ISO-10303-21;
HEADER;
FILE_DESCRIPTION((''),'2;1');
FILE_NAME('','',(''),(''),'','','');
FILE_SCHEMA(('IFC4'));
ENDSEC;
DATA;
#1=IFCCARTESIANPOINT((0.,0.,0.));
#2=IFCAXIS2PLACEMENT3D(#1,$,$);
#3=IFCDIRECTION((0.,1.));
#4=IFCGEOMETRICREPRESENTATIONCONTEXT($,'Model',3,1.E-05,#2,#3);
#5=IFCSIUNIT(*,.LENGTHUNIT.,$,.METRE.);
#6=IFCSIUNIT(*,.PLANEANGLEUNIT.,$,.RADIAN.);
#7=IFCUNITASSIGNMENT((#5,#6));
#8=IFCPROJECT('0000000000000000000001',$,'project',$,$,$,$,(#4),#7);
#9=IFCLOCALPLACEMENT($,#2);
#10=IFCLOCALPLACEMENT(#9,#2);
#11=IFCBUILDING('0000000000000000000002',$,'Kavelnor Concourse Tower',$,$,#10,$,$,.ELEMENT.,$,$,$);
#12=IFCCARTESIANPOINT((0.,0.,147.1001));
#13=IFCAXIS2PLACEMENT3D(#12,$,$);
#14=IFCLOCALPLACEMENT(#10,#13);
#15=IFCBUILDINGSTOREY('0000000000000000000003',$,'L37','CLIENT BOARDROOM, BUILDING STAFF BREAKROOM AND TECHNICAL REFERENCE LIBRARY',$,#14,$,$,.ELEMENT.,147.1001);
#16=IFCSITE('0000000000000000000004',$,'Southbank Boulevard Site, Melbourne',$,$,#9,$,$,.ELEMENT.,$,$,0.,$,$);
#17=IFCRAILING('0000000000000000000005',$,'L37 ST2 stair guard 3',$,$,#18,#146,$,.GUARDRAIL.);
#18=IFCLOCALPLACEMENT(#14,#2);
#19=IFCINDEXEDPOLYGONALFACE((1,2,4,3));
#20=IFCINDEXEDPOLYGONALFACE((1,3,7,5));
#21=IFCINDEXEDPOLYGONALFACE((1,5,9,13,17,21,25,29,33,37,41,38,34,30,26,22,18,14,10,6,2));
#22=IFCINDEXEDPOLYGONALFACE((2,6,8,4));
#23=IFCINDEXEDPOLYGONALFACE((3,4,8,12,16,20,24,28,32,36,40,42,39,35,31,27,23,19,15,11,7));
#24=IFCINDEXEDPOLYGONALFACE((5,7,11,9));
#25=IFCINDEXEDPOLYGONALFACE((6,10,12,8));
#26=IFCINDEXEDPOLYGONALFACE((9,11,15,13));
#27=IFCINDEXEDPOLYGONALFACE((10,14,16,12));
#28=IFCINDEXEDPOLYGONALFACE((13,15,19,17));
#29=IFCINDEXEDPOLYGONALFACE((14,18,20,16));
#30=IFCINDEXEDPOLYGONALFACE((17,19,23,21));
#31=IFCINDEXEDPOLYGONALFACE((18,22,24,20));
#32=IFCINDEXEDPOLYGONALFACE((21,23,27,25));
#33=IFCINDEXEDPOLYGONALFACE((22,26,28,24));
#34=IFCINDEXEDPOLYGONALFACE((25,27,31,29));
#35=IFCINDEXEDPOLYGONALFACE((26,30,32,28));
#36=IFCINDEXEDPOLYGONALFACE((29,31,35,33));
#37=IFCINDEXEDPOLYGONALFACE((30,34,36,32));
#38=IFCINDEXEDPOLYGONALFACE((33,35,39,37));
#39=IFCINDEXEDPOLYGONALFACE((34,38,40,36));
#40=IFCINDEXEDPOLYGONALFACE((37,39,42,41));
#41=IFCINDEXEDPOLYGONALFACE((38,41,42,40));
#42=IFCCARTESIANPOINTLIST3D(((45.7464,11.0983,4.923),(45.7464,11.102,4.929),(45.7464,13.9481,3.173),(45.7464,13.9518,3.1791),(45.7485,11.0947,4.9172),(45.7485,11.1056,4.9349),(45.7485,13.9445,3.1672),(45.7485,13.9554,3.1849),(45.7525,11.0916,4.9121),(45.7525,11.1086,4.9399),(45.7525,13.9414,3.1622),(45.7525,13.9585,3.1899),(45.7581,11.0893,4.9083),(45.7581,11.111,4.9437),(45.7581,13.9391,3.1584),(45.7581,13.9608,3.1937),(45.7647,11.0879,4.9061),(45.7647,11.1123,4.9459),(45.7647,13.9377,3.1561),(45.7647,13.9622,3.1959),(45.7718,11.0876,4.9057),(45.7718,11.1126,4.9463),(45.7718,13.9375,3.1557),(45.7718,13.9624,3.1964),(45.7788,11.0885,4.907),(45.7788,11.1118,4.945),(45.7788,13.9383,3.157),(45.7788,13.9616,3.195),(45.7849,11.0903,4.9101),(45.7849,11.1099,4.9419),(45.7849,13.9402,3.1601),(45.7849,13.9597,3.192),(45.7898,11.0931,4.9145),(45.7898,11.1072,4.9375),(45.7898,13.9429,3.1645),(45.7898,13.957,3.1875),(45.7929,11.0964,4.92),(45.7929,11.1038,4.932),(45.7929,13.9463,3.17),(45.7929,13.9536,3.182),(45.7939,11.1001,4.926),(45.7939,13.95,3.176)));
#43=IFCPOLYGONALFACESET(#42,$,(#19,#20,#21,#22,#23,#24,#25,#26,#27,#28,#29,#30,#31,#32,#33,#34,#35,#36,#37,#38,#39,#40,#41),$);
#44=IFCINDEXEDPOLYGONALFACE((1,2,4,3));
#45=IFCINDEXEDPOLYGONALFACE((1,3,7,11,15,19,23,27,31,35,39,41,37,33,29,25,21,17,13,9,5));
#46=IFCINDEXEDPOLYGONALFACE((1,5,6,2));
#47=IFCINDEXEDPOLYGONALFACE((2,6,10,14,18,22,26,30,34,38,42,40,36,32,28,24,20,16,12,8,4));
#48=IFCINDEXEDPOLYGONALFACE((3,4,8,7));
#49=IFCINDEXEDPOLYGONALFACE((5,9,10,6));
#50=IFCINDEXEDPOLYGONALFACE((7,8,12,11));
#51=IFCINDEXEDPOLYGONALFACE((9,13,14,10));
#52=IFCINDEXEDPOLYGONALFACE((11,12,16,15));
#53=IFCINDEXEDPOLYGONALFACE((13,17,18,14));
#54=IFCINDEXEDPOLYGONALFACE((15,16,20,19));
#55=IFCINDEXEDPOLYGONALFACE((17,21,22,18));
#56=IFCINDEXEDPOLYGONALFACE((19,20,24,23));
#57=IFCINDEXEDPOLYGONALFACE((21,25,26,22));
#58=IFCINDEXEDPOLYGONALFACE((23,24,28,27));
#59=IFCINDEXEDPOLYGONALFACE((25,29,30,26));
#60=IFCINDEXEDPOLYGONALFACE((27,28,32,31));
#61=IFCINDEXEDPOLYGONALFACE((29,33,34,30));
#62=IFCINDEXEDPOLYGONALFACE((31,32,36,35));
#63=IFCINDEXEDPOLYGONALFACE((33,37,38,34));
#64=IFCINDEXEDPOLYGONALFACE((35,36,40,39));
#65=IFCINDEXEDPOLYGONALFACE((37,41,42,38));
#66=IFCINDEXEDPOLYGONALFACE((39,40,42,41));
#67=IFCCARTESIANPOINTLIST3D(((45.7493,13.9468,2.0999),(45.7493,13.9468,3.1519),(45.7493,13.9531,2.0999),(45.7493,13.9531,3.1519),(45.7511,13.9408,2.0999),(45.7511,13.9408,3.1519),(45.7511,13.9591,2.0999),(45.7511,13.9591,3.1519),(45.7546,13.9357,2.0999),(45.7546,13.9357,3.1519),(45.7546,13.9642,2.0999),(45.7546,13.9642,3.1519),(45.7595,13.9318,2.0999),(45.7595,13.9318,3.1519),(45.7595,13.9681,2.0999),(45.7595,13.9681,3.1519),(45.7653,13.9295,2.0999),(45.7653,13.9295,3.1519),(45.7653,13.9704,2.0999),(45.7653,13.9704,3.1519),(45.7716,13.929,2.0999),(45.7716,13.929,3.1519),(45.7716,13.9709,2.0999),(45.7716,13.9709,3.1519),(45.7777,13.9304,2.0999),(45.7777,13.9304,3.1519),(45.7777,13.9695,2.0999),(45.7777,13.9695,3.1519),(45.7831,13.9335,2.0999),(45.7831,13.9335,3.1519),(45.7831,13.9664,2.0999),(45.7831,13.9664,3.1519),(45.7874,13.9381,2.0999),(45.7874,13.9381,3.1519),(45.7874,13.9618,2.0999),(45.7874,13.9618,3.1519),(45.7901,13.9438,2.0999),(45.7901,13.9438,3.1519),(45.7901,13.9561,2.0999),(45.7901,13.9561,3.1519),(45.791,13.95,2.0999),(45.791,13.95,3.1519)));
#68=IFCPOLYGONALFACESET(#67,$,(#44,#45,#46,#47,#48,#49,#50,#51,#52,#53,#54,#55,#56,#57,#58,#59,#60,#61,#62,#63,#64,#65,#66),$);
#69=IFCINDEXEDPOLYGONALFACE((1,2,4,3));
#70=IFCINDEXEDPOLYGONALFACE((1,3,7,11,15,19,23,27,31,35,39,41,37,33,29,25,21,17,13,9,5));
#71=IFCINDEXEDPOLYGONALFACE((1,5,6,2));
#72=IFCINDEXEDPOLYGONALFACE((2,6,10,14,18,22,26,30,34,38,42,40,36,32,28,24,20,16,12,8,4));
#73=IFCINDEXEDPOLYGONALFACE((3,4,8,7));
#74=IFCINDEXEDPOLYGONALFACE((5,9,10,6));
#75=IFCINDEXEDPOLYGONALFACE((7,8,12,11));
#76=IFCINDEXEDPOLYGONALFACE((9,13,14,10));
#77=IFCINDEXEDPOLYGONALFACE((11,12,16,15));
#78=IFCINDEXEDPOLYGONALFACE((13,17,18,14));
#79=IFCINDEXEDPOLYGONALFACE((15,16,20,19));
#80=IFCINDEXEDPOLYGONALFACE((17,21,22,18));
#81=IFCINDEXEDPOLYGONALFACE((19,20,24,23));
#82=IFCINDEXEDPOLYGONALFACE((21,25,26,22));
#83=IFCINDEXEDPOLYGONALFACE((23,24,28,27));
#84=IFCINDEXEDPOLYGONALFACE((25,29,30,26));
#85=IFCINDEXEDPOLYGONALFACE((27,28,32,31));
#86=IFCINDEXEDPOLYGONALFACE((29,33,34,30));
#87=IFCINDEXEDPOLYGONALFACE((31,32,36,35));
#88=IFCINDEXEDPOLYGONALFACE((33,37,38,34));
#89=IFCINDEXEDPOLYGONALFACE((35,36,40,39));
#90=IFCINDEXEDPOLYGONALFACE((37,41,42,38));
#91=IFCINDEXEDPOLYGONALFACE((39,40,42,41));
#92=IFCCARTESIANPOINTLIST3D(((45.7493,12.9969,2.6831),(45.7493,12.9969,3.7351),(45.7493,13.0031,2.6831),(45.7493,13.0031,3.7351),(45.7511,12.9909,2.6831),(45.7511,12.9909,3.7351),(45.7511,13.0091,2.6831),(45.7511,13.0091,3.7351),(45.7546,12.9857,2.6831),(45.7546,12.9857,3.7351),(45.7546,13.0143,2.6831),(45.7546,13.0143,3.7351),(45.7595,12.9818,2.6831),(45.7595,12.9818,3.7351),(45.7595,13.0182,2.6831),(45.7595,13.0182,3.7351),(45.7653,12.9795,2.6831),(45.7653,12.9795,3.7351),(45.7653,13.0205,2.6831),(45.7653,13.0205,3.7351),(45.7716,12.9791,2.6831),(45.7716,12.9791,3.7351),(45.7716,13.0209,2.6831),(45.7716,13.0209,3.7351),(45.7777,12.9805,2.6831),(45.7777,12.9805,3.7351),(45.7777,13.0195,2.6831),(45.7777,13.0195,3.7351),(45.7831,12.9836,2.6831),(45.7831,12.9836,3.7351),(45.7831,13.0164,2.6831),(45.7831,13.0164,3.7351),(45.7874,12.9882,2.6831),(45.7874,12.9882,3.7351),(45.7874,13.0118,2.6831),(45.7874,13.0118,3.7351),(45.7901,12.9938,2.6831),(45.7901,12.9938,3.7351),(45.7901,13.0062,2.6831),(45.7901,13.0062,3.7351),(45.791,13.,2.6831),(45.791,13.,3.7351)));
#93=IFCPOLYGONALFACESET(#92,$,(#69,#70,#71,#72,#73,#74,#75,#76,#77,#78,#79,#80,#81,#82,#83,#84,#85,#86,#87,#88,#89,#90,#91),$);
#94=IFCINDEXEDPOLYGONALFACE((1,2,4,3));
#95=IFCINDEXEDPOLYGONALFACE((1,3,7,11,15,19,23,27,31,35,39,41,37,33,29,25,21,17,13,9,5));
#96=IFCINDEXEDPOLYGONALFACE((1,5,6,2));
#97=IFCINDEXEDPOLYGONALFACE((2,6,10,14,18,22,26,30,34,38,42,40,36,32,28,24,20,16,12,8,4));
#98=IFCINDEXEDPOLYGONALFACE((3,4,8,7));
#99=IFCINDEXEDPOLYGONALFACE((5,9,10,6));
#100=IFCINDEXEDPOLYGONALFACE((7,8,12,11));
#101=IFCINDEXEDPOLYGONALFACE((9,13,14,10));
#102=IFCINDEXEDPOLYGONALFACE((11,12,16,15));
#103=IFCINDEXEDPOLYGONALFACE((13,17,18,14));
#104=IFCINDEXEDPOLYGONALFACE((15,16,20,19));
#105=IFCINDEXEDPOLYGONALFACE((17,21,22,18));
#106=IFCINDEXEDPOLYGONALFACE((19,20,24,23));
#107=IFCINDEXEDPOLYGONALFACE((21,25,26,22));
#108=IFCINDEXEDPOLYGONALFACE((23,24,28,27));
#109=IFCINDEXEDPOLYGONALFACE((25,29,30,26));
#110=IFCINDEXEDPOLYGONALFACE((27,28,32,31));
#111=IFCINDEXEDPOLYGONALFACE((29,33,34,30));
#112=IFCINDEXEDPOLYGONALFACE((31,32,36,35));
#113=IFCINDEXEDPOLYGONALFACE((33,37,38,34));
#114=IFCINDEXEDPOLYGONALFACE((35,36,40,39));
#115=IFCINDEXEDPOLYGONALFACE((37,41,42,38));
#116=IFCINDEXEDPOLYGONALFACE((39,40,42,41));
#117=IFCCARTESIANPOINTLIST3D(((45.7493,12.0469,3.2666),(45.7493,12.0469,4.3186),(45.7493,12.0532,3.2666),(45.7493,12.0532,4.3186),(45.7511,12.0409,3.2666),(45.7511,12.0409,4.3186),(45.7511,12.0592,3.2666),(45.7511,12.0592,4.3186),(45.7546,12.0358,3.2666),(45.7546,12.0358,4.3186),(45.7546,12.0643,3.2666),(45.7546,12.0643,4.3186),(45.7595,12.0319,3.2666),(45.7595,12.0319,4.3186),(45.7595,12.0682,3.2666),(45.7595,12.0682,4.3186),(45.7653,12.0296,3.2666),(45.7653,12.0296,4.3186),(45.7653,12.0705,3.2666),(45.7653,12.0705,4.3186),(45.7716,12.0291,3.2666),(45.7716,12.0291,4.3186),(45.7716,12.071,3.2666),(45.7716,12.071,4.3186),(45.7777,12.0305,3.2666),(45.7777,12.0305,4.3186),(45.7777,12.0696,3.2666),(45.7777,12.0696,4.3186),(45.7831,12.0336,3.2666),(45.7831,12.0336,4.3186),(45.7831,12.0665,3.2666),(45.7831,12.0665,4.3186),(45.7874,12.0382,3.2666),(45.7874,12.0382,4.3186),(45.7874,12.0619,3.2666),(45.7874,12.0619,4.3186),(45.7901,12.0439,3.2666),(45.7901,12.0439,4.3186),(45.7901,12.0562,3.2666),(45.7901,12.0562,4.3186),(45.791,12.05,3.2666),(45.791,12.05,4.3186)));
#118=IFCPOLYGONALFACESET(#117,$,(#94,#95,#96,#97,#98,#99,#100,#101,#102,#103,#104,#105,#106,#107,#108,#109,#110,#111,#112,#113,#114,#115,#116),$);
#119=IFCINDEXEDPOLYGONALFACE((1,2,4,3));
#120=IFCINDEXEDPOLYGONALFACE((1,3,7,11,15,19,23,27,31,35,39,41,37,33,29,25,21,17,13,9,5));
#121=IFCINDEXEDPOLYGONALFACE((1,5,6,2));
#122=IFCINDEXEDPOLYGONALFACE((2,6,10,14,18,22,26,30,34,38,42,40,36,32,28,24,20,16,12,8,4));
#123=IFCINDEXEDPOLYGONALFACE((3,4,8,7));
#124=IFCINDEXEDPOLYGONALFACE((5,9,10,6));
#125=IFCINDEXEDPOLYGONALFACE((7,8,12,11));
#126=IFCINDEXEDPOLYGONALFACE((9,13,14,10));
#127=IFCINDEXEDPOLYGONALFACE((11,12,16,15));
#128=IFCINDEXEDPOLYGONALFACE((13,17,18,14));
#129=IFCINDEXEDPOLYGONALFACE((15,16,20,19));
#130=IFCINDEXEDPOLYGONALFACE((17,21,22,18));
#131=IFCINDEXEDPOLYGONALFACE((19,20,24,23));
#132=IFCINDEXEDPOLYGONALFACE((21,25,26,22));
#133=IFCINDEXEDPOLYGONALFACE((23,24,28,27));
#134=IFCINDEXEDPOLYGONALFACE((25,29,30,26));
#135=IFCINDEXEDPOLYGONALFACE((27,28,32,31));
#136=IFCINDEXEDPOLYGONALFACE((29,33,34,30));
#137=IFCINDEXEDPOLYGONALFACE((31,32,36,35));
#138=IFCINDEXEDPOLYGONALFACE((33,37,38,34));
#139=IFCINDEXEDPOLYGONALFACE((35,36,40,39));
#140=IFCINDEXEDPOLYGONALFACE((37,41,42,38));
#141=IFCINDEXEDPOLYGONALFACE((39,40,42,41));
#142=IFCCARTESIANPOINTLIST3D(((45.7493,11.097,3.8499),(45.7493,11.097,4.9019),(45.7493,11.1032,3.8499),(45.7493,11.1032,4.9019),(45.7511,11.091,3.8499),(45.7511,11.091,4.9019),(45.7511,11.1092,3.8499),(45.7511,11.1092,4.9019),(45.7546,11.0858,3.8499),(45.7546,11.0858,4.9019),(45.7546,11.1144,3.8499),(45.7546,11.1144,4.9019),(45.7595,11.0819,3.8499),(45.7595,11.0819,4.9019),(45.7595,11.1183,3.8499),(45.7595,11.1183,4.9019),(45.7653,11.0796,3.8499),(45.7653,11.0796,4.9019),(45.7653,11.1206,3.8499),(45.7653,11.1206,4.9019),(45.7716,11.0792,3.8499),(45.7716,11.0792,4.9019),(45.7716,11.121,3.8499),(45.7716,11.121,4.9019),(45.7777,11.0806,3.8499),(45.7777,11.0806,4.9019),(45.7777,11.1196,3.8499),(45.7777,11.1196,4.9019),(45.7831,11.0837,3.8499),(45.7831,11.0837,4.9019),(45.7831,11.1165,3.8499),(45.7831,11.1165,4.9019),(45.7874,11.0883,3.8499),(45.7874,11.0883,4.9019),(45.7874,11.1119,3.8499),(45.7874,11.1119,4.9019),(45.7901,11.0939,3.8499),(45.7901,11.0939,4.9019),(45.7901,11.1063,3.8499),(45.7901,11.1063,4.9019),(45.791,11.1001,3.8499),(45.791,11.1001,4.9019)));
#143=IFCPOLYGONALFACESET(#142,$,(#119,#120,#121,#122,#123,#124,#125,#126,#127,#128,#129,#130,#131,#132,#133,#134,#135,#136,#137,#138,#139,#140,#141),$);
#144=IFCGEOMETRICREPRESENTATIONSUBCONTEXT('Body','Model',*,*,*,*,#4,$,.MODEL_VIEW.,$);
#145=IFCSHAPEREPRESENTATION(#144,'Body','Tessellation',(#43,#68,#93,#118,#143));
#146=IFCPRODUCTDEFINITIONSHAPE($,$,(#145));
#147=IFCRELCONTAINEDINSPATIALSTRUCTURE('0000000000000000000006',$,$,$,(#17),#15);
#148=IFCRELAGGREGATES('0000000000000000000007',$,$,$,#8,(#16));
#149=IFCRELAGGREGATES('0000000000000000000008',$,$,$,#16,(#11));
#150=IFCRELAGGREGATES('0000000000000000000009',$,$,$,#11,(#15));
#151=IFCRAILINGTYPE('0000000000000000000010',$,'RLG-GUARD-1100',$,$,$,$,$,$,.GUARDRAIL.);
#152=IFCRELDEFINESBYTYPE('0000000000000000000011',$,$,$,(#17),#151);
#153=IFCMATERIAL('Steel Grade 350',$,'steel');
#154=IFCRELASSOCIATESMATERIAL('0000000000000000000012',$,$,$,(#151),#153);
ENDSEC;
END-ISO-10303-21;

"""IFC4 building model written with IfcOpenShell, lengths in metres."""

from ifc_helpers import new_model, si_unit, direction, frame, origin, origin_2d, place, context, subcontext, project, spatial, circle, extrude, material, type_object, element, save


model = new_model("IFC4")

# Units and contexts
model_context = context("Model", 3, precision=1e-05, world=origin(), true_north=direction((0.0, 1.0)))
body_context = subcontext(model_context, "Body", "Model", "MODEL_VIEW")
ifc_project = project(units=[si_unit("LENGTHUNIT", "METRE"), si_unit("PLANEANGLEUNIT", "RADIAN")], contexts=[model_context])

# Site, building, storey
site_placement = place(None, origin())
site = spatial("IfcSite", under=ifc_project, at=site_placement, Name="Southbank Boulevard Site, Melbourne", CompositionType="ELEMENT", RefElevation=0.0)
building_placement = place(site_placement, origin())
building = spatial("IfcBuilding", under=site, at=building_placement, Name="Kavelnor Concourse Tower", CompositionType="ELEMENT")
storey_placement = place(building_placement, frame((0.0, 0.0, 147.1001)))
storey = spatial("IfcBuildingStorey", under=building, at=storey_placement, Name="L37", Description="CLIENT BOARDROOM, BUILDING STAFF BREAKROOM AND TECHNICAL REFERENCE LIBRARY", CompositionType="ELEMENT", Elevation=147.1001)

# Shared definitions
ifc_material_1 = material(Name="Steel Grade 350", Category="steel")

# Railing
railing_type_1 = type_object("IfcRailingType", Name="RLG-GUARD-1100", PredefinedType="GUARDRAIL", material=ifc_material_1)
railing_1_placement = place(storey_placement, frame((45.77, 13.95, 2.0999)))
element("IfcRailing", 1, at=railing_1_placement, inside=storey, type_object=railing_type_1, Name="L37 ST2 stair guard 3", PredefinedType="GUARDRAIL", context=body_context, shape_type="SweptSolid", body=[
    extrude(circle(Radius=0.0239, at=origin_2d()), frame((0.0, 0.0, 1.0762), z_axis=(0.0, -0.852159, 0.523283), x_axis=(1.0, 0.0, 0.0)), (0.0, 0.0, 1.0), 3.3442),
    extrude(circle(Radius=0.021, at=origin_2d()), origin(), (0.0, 0.0, 1.0), 1.052),
    extrude(circle(Radius=0.021, at=origin_2d()), frame((0.0, -0.95, 0.5833)), (0.0, 0.0, 1.0), 1.052),
    extrude(circle(Radius=0.021, at=origin_2d()), frame((0.0, -1.8999, 1.1667)), (0.0, 0.0, 1.0), 1.052),
    extrude(circle(Radius=0.021, at=origin_2d()), frame((0.0, -2.8499, 1.75)), (0.0, 0.0, 1.0), 1.052),
])

save(model, "model.ifc")
